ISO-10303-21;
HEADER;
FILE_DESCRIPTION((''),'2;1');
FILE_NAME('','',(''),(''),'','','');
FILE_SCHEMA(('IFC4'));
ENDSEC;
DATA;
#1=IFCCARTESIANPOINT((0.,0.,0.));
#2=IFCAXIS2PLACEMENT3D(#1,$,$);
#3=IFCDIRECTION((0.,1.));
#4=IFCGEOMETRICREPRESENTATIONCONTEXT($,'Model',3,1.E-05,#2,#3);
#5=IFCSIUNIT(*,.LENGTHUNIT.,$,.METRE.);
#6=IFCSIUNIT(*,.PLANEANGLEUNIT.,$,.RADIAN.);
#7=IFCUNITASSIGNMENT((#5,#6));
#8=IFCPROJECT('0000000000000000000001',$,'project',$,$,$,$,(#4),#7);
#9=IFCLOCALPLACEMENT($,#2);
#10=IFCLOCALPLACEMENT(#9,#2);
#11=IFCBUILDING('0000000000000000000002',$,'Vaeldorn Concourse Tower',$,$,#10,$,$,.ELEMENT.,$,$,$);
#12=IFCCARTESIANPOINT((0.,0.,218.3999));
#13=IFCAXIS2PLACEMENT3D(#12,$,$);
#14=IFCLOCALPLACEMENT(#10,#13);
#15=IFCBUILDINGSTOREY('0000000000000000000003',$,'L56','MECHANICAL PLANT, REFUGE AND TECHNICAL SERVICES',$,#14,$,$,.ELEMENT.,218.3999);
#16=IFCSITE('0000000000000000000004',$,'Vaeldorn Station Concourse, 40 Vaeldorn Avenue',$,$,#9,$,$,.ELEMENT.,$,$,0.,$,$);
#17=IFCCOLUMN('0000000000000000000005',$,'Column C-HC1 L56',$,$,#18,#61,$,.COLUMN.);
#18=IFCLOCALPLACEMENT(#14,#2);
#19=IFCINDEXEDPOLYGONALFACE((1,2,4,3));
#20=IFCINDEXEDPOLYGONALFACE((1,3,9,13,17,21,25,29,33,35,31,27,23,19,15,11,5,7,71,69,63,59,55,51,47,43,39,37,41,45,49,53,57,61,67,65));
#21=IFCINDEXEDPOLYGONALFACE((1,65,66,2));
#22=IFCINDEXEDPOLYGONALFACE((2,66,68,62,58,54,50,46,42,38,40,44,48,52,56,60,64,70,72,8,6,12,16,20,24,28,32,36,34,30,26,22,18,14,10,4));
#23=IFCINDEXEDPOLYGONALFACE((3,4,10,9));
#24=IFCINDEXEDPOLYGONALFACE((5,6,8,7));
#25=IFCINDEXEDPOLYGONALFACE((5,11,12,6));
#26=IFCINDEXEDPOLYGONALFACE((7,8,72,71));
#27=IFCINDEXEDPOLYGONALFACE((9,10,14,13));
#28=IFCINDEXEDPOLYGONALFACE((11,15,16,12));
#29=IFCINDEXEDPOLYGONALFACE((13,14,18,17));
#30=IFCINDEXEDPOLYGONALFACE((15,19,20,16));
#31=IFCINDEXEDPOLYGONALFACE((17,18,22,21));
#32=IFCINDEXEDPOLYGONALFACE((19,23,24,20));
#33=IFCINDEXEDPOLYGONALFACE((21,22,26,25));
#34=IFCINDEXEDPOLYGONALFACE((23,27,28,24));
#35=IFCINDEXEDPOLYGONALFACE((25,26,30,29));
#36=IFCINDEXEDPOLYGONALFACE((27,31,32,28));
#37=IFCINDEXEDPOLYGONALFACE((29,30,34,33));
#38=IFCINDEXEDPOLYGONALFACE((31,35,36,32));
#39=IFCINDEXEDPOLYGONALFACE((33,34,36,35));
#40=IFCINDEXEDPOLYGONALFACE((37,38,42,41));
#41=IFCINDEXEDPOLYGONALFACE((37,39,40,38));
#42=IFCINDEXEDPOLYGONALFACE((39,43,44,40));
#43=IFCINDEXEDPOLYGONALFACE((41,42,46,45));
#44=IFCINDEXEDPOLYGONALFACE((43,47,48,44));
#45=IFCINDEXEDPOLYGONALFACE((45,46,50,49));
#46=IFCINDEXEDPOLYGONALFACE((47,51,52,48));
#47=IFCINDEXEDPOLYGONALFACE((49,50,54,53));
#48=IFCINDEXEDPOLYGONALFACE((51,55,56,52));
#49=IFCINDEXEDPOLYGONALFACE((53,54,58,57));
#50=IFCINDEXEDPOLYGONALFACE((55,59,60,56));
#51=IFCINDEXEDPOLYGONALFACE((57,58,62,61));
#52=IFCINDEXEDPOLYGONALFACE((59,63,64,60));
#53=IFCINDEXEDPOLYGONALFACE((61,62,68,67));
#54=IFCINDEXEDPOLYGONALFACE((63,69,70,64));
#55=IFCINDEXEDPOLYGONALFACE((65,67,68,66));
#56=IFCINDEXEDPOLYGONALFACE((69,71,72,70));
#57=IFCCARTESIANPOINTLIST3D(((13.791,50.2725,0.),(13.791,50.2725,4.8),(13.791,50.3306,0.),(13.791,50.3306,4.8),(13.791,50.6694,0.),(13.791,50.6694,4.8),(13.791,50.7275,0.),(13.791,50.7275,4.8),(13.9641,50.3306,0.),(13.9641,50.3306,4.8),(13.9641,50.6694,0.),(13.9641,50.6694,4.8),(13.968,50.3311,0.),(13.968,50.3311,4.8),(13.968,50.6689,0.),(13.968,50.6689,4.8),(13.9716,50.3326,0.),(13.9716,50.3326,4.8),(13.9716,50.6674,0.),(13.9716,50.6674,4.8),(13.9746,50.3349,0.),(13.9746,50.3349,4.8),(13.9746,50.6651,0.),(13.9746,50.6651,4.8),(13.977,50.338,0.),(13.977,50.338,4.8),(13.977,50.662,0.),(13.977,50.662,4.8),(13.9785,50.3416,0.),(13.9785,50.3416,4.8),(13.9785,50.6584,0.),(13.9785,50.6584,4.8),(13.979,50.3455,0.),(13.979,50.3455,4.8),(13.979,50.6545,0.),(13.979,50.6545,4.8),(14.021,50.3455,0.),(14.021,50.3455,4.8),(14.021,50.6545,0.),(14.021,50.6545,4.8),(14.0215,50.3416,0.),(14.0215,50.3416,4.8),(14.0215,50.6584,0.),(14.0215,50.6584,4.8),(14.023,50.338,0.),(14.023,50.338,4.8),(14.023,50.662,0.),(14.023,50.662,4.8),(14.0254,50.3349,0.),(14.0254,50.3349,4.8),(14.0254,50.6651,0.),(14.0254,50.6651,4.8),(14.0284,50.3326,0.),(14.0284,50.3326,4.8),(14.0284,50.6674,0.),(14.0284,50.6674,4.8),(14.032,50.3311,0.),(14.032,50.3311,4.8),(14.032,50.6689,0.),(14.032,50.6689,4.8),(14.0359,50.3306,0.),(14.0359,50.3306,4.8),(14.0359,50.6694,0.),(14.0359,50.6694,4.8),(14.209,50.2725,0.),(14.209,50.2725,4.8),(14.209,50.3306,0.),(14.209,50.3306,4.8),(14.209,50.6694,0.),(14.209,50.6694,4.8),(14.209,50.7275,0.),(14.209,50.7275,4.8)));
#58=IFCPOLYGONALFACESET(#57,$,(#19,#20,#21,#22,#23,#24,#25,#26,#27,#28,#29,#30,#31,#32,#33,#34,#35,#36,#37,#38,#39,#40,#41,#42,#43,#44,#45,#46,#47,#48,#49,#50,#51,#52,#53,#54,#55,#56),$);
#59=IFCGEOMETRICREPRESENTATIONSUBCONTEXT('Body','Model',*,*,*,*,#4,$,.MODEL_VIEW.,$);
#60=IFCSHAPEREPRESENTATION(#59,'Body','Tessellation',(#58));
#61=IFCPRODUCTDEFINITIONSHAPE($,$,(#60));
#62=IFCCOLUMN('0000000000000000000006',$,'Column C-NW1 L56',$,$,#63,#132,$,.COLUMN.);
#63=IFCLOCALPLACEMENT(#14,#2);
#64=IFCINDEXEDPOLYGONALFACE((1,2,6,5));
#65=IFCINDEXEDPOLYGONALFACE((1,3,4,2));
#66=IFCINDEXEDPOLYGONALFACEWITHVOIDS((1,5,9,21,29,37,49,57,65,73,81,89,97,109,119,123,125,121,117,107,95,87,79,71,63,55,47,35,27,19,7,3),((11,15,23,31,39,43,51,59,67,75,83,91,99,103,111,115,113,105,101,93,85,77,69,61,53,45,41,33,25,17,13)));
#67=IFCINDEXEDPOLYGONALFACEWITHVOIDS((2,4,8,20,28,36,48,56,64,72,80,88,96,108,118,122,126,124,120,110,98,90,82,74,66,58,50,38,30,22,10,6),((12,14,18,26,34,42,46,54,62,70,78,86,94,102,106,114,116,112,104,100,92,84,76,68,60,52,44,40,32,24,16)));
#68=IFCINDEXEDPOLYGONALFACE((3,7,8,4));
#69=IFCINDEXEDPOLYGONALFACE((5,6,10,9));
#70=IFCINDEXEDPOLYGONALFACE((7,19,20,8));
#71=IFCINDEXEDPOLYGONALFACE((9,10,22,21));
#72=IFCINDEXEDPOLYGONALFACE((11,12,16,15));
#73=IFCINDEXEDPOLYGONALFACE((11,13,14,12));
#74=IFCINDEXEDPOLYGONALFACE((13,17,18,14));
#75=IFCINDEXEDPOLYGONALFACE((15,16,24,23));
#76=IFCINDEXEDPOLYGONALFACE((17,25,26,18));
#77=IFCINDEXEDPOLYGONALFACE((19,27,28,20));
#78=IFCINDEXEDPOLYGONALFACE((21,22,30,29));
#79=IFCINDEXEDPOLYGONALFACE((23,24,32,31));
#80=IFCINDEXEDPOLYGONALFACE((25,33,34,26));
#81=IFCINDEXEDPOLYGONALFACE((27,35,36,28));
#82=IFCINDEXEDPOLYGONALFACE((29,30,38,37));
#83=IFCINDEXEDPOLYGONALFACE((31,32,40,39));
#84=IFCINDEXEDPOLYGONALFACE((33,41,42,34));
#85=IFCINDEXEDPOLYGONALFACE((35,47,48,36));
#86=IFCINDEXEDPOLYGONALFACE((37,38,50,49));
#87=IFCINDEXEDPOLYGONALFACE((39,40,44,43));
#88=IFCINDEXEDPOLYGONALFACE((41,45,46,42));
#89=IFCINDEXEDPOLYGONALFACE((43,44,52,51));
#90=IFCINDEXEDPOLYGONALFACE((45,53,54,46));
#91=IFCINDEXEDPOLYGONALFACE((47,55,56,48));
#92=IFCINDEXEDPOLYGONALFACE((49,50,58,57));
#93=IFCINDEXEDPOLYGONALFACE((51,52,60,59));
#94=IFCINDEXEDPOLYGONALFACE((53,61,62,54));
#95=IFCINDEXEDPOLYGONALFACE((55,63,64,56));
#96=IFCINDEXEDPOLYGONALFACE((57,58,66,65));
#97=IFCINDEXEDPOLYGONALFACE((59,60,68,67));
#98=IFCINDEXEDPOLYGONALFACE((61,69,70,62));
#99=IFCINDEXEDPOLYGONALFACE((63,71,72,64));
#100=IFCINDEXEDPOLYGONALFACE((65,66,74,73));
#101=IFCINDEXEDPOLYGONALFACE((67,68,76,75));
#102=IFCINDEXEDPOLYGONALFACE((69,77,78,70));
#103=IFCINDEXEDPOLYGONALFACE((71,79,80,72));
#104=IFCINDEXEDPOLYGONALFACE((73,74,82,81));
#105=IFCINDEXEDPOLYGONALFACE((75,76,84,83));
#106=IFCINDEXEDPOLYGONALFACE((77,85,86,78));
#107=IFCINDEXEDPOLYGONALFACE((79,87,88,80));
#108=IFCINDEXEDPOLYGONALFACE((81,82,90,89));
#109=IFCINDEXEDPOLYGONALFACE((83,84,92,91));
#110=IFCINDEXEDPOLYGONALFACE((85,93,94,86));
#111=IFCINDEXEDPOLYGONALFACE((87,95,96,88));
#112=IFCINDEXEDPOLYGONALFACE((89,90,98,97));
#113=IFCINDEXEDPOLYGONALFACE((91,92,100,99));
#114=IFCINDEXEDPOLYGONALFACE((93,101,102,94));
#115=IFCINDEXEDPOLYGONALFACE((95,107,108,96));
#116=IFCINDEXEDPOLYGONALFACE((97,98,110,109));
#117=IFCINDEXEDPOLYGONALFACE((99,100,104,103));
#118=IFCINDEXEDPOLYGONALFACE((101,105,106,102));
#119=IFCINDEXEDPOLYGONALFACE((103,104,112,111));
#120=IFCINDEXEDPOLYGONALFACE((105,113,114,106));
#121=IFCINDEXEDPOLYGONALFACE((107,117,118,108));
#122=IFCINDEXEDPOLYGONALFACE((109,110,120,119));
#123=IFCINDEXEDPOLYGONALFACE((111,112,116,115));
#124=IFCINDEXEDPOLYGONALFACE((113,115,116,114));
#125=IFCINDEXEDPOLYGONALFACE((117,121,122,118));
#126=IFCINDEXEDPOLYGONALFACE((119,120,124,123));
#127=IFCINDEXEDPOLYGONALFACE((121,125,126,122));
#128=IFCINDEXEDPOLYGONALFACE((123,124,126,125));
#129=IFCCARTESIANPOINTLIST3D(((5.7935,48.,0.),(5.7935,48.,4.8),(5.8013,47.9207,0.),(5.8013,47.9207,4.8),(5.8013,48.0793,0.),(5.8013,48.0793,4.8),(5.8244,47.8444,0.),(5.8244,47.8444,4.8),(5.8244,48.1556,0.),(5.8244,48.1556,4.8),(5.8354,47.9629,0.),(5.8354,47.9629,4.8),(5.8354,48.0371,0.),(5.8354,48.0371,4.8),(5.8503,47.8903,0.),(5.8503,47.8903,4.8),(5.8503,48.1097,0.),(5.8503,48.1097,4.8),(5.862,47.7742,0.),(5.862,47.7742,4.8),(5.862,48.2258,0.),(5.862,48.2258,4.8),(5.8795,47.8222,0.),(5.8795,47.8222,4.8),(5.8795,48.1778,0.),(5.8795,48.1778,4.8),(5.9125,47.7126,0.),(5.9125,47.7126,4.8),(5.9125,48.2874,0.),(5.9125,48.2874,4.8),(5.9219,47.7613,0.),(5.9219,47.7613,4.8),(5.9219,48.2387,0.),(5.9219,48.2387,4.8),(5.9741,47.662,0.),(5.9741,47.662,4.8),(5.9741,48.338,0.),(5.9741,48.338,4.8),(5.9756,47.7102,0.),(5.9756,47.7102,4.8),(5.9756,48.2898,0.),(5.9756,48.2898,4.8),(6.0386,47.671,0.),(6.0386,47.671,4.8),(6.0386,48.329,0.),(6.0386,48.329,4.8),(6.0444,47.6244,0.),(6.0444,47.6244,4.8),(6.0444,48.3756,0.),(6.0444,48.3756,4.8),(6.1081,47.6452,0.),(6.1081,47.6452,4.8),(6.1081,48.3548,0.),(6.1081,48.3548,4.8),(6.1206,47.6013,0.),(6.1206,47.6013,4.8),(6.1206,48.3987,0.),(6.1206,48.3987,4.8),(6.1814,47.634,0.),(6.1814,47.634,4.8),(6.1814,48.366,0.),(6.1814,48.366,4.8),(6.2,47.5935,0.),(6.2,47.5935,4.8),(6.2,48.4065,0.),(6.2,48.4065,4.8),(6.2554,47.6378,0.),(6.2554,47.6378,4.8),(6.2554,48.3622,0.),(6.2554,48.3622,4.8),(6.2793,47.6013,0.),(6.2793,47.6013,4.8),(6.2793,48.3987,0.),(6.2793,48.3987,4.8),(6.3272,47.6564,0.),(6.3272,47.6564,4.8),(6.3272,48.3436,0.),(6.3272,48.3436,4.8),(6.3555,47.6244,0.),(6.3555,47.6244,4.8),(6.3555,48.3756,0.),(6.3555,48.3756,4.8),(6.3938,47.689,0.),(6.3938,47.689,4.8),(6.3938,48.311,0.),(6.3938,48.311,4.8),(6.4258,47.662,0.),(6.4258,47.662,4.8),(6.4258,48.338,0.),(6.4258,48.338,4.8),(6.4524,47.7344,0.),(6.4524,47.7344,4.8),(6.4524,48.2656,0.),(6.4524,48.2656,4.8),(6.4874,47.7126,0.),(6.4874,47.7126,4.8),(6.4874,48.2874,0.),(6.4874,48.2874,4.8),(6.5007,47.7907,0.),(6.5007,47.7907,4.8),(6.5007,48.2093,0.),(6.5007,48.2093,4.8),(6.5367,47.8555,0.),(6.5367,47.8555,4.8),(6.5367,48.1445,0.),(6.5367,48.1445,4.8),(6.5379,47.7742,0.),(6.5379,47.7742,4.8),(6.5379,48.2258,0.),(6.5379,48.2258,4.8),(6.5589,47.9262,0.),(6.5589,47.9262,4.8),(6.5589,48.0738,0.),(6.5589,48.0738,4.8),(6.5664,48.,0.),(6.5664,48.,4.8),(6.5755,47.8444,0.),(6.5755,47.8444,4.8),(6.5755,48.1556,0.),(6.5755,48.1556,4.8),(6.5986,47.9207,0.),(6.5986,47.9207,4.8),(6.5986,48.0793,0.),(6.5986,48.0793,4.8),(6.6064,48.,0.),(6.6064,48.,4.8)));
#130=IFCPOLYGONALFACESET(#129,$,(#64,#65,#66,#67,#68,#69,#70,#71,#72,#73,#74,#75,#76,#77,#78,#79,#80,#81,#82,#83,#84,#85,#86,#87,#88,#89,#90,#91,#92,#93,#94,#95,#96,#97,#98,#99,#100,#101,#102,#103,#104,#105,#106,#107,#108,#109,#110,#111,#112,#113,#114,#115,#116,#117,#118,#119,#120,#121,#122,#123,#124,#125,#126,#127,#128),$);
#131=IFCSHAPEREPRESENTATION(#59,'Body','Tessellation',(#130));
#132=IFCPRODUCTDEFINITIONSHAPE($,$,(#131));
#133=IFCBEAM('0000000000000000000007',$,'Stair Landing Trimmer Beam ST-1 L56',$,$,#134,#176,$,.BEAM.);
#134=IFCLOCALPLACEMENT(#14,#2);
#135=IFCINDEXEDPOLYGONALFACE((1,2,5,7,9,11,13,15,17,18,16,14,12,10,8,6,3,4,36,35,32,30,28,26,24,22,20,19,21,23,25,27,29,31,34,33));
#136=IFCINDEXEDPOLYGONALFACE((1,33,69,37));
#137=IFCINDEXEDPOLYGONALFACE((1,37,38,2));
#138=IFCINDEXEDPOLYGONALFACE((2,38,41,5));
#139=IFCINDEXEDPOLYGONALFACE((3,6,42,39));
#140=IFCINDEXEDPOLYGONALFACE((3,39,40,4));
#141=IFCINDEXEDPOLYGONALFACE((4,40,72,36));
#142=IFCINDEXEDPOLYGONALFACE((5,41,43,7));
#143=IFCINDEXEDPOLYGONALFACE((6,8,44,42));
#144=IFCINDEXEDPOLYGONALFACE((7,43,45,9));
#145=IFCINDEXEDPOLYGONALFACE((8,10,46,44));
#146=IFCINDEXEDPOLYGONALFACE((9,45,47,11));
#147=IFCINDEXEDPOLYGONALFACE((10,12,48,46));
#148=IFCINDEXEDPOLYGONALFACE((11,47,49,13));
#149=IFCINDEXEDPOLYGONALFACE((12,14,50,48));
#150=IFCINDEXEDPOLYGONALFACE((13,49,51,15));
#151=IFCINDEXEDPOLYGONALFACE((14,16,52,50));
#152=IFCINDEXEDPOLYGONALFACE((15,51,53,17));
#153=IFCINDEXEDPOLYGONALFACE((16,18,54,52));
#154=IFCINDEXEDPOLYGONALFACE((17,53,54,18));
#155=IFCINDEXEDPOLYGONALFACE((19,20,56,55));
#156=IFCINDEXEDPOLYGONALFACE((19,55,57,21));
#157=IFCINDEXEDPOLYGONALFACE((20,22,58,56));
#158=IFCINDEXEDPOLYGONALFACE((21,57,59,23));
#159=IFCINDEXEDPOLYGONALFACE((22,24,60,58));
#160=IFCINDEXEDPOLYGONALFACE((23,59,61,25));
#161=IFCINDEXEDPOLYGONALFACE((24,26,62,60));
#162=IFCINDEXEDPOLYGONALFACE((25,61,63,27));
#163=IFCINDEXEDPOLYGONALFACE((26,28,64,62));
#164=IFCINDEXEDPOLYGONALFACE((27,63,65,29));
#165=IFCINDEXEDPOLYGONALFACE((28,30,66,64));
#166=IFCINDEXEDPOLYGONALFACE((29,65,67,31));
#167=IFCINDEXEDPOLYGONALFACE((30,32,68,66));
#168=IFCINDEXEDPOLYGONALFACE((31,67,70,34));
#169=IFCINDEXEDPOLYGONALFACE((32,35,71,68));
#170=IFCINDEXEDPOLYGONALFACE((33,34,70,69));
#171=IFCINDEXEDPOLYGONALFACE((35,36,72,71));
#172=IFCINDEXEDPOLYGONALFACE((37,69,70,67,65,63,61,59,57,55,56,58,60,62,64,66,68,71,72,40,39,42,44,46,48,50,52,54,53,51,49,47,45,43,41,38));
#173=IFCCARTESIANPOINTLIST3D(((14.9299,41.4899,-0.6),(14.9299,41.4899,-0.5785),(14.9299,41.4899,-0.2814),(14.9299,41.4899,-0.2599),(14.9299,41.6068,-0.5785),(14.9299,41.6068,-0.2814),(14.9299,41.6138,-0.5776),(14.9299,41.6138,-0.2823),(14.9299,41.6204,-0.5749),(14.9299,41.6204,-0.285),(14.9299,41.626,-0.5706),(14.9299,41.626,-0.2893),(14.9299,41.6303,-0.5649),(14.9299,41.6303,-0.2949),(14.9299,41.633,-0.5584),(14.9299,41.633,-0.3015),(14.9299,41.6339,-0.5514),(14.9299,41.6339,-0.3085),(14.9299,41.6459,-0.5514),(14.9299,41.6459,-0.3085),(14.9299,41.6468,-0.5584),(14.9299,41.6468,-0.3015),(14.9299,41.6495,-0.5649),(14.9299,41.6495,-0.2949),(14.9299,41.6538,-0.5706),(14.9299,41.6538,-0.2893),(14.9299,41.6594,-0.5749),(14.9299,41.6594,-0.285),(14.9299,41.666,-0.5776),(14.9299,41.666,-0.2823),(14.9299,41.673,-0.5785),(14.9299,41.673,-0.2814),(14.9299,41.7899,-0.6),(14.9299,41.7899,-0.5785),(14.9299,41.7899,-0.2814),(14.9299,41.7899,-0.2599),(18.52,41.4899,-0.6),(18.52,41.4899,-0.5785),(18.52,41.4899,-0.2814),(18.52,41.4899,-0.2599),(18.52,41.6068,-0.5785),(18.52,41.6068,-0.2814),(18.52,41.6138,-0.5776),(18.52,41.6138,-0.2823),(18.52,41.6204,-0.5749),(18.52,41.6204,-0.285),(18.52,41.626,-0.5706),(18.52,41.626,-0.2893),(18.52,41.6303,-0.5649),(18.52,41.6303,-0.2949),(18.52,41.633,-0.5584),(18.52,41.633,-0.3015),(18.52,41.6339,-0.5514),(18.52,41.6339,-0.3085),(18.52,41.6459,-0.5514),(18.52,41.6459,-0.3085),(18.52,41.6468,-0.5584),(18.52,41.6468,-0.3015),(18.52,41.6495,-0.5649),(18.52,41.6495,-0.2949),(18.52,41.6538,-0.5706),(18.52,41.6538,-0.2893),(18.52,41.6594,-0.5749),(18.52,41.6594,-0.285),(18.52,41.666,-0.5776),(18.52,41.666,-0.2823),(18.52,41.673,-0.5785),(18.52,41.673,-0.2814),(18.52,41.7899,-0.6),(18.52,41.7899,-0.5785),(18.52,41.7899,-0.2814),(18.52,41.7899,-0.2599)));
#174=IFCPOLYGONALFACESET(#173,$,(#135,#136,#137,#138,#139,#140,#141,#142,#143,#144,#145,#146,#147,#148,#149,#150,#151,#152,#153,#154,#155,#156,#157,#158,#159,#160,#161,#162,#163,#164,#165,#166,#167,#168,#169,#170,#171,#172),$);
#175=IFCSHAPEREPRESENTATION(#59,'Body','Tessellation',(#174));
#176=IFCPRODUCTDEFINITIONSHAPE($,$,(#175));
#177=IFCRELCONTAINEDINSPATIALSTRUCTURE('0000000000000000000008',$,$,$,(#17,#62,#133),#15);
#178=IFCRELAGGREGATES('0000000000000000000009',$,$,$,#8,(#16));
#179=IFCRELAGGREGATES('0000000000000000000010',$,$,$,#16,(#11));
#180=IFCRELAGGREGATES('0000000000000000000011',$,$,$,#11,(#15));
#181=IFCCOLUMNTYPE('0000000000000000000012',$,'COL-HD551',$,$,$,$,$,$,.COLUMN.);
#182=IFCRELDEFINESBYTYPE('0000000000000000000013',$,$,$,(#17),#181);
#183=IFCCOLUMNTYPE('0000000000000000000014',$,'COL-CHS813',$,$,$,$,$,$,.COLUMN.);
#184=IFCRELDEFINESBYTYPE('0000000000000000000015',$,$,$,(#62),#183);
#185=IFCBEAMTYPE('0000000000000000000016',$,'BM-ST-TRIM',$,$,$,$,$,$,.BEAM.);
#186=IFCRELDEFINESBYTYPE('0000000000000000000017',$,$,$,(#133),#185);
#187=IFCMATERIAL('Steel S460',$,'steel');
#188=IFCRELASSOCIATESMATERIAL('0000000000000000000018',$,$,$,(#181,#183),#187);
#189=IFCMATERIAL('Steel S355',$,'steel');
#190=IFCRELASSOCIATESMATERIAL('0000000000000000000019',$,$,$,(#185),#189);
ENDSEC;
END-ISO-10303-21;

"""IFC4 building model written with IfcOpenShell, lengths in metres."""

from ifc_helpers import new_model, si_unit, direction, frame, origin, origin_2d, place, context, subcontext, project, spatial, hollow_circle, i_section, extrude, source, transform, mapped, material, material_profile, profile_set, type_object, element, save


model = new_model("IFC4")

# Units and contexts
model_context = context("Model", 3, precision=1e-05, world=origin(), true_north=direction((0.0, 1.0)))
body_context = subcontext(model_context, "Body", "Model", "MODEL_VIEW")
ifc_project = project(units=[si_unit("LENGTHUNIT", "METRE"), si_unit("PLANEANGLEUNIT", "RADIAN")], contexts=[model_context])

# Site, building, storey
site_placement = place(None, origin())
site = spatial("IfcSite", under=ifc_project, at=site_placement, Name="Vaeldorn Station Concourse, 40 Vaeldorn Avenue", CompositionType="ELEMENT", RefElevation=0.0)
building_placement = place(site_placement, origin())
building = spatial("IfcBuilding", under=site, at=building_placement, Name="Vaeldorn Concourse Tower", CompositionType="ELEMENT")
storey_placement = place(building_placement, frame((0.0, 0.0, 218.3999)))
storey = spatial("IfcBuildingStorey", under=building, at=storey_placement, Name="L56", Description="MECHANICAL PLANT, REFUGE AND TECHNICAL SERVICES", CompositionType="ELEMENT", Elevation=218.3999)

# Columns
ifc_material_1 = material(Name="Steel S460", Category="steel")
ifc_material_profile_1 = material_profile(ifc_material_1, i_section(OverallWidth=0.418, OverallDepth=0.4551, WebThickness=0.042, FlangeThickness=0.0581, FilletRadius=0.0149, at=origin_2d()), Name="HD 400x551")
ifc_profile_set_1 = profile_set([ifc_material_profile_1], Name="Steel S460")
column_type_1 = type_object("IfcColumnType", Name="COL-HD551", PredefinedType="COLUMN", material=ifc_profile_set_1)
shared_shape_1 = source(origin(), body_context, "Body", "SweptSolid", [
    extrude(i_section(OverallWidth=0.418, OverallDepth=0.4551, WebThickness=0.042, FlangeThickness=0.0581, FilletRadius=0.0149, at=origin_2d()), origin(), (0.0, 0.0, 1.0), 4.8),
])
column_1_placement = place(storey_placement, frame((14.0, 50.5, 0.0), z_axis=(0.0, 0.0, 1.0), x_axis=(1.0, 0.0, 0.0)))
element("IfcColumn", 1, at=column_1_placement, inside=storey, type_object=column_type_1, Name="Column C-HC1 L56", PredefinedType="COLUMN", context=body_context, shape_type="MappedRepresentation", body=[
    mapped(shared_shape_1, transform((0.0, 0.0, 0.0), scale=1.0)),
])
ifc_material_profile_2 = material_profile(ifc_material_1, hollow_circle(Radius=0.4065, WallThickness=0.04, at=origin_2d()), Name="CHS 813x40")
ifc_profile_set_2 = profile_set([ifc_material_profile_2], Name="Steel S460")
column_type_2 = type_object("IfcColumnType", Name="COL-CHS813", PredefinedType="COLUMN", material=ifc_profile_set_2)
shared_shape_2 = source(origin(), body_context, "Body", "SweptSolid", [
    extrude(hollow_circle(Radius=0.4065, WallThickness=0.04, at=origin_2d()), origin(), (0.0, 0.0, 1.0), 4.8),
])
column_2_placement = place(storey_placement, frame((6.2, 48.0, 0.0), z_axis=(0.0, 0.0, 1.0), x_axis=(1.0, 0.0, 0.0)))
element("IfcColumn", 2, at=column_2_placement, inside=storey, type_object=column_type_2, Name="Column C-NW1 L56", PredefinedType="COLUMN", context=body_context, shape_type="MappedRepresentation", body=[
    mapped(shared_shape_2, transform((0.0, 0.0, 0.0), scale=1.0)),
])

# Beam
ifc_material_2 = material(Name="Steel S355", Category="steel")
ifc_material_profile_3 = material_profile(ifc_material_2, i_section(OverallWidth=0.3, OverallDepth=0.3401, WebThickness=0.012, FlangeThickness=0.0215, FilletRadius=0.0271, at=origin_2d()), Name="HEB 340")
ifc_profile_set_3 = profile_set([ifc_material_profile_3], Name="Steel S355")
beam_type_1 = type_object("IfcBeamType", Name="BM-ST-TRIM", PredefinedType="BEAM", material=ifc_profile_set_3)
shared_shape_3 = source(origin(), body_context, "Body", "SweptSolid", [
    extrude(i_section(OverallWidth=0.3, OverallDepth=0.3401, WebThickness=0.012, FlangeThickness=0.0215, FilletRadius=0.0271, at=origin_2d()), origin(), (0.0, 0.0, 1.0), 3.5901),
])
beam_1_placement = place(storey_placement, frame((14.9299, 41.6399, -0.4299), z_axis=(1.0, 0.0, 0.0), x_axis=(0.0, 1.0, 0.0)))
element("IfcBeam", 3, at=beam_1_placement, inside=storey, type_object=beam_type_1, Name="Stair Landing Trimmer Beam ST-1 L56", PredefinedType="BEAM", context=body_context, shape_type="MappedRepresentation", body=[
    mapped(shared_shape_3, transform((0.0, 0.0, 0.0), scale=1.0)),
])

save(model, "model.ifc")
